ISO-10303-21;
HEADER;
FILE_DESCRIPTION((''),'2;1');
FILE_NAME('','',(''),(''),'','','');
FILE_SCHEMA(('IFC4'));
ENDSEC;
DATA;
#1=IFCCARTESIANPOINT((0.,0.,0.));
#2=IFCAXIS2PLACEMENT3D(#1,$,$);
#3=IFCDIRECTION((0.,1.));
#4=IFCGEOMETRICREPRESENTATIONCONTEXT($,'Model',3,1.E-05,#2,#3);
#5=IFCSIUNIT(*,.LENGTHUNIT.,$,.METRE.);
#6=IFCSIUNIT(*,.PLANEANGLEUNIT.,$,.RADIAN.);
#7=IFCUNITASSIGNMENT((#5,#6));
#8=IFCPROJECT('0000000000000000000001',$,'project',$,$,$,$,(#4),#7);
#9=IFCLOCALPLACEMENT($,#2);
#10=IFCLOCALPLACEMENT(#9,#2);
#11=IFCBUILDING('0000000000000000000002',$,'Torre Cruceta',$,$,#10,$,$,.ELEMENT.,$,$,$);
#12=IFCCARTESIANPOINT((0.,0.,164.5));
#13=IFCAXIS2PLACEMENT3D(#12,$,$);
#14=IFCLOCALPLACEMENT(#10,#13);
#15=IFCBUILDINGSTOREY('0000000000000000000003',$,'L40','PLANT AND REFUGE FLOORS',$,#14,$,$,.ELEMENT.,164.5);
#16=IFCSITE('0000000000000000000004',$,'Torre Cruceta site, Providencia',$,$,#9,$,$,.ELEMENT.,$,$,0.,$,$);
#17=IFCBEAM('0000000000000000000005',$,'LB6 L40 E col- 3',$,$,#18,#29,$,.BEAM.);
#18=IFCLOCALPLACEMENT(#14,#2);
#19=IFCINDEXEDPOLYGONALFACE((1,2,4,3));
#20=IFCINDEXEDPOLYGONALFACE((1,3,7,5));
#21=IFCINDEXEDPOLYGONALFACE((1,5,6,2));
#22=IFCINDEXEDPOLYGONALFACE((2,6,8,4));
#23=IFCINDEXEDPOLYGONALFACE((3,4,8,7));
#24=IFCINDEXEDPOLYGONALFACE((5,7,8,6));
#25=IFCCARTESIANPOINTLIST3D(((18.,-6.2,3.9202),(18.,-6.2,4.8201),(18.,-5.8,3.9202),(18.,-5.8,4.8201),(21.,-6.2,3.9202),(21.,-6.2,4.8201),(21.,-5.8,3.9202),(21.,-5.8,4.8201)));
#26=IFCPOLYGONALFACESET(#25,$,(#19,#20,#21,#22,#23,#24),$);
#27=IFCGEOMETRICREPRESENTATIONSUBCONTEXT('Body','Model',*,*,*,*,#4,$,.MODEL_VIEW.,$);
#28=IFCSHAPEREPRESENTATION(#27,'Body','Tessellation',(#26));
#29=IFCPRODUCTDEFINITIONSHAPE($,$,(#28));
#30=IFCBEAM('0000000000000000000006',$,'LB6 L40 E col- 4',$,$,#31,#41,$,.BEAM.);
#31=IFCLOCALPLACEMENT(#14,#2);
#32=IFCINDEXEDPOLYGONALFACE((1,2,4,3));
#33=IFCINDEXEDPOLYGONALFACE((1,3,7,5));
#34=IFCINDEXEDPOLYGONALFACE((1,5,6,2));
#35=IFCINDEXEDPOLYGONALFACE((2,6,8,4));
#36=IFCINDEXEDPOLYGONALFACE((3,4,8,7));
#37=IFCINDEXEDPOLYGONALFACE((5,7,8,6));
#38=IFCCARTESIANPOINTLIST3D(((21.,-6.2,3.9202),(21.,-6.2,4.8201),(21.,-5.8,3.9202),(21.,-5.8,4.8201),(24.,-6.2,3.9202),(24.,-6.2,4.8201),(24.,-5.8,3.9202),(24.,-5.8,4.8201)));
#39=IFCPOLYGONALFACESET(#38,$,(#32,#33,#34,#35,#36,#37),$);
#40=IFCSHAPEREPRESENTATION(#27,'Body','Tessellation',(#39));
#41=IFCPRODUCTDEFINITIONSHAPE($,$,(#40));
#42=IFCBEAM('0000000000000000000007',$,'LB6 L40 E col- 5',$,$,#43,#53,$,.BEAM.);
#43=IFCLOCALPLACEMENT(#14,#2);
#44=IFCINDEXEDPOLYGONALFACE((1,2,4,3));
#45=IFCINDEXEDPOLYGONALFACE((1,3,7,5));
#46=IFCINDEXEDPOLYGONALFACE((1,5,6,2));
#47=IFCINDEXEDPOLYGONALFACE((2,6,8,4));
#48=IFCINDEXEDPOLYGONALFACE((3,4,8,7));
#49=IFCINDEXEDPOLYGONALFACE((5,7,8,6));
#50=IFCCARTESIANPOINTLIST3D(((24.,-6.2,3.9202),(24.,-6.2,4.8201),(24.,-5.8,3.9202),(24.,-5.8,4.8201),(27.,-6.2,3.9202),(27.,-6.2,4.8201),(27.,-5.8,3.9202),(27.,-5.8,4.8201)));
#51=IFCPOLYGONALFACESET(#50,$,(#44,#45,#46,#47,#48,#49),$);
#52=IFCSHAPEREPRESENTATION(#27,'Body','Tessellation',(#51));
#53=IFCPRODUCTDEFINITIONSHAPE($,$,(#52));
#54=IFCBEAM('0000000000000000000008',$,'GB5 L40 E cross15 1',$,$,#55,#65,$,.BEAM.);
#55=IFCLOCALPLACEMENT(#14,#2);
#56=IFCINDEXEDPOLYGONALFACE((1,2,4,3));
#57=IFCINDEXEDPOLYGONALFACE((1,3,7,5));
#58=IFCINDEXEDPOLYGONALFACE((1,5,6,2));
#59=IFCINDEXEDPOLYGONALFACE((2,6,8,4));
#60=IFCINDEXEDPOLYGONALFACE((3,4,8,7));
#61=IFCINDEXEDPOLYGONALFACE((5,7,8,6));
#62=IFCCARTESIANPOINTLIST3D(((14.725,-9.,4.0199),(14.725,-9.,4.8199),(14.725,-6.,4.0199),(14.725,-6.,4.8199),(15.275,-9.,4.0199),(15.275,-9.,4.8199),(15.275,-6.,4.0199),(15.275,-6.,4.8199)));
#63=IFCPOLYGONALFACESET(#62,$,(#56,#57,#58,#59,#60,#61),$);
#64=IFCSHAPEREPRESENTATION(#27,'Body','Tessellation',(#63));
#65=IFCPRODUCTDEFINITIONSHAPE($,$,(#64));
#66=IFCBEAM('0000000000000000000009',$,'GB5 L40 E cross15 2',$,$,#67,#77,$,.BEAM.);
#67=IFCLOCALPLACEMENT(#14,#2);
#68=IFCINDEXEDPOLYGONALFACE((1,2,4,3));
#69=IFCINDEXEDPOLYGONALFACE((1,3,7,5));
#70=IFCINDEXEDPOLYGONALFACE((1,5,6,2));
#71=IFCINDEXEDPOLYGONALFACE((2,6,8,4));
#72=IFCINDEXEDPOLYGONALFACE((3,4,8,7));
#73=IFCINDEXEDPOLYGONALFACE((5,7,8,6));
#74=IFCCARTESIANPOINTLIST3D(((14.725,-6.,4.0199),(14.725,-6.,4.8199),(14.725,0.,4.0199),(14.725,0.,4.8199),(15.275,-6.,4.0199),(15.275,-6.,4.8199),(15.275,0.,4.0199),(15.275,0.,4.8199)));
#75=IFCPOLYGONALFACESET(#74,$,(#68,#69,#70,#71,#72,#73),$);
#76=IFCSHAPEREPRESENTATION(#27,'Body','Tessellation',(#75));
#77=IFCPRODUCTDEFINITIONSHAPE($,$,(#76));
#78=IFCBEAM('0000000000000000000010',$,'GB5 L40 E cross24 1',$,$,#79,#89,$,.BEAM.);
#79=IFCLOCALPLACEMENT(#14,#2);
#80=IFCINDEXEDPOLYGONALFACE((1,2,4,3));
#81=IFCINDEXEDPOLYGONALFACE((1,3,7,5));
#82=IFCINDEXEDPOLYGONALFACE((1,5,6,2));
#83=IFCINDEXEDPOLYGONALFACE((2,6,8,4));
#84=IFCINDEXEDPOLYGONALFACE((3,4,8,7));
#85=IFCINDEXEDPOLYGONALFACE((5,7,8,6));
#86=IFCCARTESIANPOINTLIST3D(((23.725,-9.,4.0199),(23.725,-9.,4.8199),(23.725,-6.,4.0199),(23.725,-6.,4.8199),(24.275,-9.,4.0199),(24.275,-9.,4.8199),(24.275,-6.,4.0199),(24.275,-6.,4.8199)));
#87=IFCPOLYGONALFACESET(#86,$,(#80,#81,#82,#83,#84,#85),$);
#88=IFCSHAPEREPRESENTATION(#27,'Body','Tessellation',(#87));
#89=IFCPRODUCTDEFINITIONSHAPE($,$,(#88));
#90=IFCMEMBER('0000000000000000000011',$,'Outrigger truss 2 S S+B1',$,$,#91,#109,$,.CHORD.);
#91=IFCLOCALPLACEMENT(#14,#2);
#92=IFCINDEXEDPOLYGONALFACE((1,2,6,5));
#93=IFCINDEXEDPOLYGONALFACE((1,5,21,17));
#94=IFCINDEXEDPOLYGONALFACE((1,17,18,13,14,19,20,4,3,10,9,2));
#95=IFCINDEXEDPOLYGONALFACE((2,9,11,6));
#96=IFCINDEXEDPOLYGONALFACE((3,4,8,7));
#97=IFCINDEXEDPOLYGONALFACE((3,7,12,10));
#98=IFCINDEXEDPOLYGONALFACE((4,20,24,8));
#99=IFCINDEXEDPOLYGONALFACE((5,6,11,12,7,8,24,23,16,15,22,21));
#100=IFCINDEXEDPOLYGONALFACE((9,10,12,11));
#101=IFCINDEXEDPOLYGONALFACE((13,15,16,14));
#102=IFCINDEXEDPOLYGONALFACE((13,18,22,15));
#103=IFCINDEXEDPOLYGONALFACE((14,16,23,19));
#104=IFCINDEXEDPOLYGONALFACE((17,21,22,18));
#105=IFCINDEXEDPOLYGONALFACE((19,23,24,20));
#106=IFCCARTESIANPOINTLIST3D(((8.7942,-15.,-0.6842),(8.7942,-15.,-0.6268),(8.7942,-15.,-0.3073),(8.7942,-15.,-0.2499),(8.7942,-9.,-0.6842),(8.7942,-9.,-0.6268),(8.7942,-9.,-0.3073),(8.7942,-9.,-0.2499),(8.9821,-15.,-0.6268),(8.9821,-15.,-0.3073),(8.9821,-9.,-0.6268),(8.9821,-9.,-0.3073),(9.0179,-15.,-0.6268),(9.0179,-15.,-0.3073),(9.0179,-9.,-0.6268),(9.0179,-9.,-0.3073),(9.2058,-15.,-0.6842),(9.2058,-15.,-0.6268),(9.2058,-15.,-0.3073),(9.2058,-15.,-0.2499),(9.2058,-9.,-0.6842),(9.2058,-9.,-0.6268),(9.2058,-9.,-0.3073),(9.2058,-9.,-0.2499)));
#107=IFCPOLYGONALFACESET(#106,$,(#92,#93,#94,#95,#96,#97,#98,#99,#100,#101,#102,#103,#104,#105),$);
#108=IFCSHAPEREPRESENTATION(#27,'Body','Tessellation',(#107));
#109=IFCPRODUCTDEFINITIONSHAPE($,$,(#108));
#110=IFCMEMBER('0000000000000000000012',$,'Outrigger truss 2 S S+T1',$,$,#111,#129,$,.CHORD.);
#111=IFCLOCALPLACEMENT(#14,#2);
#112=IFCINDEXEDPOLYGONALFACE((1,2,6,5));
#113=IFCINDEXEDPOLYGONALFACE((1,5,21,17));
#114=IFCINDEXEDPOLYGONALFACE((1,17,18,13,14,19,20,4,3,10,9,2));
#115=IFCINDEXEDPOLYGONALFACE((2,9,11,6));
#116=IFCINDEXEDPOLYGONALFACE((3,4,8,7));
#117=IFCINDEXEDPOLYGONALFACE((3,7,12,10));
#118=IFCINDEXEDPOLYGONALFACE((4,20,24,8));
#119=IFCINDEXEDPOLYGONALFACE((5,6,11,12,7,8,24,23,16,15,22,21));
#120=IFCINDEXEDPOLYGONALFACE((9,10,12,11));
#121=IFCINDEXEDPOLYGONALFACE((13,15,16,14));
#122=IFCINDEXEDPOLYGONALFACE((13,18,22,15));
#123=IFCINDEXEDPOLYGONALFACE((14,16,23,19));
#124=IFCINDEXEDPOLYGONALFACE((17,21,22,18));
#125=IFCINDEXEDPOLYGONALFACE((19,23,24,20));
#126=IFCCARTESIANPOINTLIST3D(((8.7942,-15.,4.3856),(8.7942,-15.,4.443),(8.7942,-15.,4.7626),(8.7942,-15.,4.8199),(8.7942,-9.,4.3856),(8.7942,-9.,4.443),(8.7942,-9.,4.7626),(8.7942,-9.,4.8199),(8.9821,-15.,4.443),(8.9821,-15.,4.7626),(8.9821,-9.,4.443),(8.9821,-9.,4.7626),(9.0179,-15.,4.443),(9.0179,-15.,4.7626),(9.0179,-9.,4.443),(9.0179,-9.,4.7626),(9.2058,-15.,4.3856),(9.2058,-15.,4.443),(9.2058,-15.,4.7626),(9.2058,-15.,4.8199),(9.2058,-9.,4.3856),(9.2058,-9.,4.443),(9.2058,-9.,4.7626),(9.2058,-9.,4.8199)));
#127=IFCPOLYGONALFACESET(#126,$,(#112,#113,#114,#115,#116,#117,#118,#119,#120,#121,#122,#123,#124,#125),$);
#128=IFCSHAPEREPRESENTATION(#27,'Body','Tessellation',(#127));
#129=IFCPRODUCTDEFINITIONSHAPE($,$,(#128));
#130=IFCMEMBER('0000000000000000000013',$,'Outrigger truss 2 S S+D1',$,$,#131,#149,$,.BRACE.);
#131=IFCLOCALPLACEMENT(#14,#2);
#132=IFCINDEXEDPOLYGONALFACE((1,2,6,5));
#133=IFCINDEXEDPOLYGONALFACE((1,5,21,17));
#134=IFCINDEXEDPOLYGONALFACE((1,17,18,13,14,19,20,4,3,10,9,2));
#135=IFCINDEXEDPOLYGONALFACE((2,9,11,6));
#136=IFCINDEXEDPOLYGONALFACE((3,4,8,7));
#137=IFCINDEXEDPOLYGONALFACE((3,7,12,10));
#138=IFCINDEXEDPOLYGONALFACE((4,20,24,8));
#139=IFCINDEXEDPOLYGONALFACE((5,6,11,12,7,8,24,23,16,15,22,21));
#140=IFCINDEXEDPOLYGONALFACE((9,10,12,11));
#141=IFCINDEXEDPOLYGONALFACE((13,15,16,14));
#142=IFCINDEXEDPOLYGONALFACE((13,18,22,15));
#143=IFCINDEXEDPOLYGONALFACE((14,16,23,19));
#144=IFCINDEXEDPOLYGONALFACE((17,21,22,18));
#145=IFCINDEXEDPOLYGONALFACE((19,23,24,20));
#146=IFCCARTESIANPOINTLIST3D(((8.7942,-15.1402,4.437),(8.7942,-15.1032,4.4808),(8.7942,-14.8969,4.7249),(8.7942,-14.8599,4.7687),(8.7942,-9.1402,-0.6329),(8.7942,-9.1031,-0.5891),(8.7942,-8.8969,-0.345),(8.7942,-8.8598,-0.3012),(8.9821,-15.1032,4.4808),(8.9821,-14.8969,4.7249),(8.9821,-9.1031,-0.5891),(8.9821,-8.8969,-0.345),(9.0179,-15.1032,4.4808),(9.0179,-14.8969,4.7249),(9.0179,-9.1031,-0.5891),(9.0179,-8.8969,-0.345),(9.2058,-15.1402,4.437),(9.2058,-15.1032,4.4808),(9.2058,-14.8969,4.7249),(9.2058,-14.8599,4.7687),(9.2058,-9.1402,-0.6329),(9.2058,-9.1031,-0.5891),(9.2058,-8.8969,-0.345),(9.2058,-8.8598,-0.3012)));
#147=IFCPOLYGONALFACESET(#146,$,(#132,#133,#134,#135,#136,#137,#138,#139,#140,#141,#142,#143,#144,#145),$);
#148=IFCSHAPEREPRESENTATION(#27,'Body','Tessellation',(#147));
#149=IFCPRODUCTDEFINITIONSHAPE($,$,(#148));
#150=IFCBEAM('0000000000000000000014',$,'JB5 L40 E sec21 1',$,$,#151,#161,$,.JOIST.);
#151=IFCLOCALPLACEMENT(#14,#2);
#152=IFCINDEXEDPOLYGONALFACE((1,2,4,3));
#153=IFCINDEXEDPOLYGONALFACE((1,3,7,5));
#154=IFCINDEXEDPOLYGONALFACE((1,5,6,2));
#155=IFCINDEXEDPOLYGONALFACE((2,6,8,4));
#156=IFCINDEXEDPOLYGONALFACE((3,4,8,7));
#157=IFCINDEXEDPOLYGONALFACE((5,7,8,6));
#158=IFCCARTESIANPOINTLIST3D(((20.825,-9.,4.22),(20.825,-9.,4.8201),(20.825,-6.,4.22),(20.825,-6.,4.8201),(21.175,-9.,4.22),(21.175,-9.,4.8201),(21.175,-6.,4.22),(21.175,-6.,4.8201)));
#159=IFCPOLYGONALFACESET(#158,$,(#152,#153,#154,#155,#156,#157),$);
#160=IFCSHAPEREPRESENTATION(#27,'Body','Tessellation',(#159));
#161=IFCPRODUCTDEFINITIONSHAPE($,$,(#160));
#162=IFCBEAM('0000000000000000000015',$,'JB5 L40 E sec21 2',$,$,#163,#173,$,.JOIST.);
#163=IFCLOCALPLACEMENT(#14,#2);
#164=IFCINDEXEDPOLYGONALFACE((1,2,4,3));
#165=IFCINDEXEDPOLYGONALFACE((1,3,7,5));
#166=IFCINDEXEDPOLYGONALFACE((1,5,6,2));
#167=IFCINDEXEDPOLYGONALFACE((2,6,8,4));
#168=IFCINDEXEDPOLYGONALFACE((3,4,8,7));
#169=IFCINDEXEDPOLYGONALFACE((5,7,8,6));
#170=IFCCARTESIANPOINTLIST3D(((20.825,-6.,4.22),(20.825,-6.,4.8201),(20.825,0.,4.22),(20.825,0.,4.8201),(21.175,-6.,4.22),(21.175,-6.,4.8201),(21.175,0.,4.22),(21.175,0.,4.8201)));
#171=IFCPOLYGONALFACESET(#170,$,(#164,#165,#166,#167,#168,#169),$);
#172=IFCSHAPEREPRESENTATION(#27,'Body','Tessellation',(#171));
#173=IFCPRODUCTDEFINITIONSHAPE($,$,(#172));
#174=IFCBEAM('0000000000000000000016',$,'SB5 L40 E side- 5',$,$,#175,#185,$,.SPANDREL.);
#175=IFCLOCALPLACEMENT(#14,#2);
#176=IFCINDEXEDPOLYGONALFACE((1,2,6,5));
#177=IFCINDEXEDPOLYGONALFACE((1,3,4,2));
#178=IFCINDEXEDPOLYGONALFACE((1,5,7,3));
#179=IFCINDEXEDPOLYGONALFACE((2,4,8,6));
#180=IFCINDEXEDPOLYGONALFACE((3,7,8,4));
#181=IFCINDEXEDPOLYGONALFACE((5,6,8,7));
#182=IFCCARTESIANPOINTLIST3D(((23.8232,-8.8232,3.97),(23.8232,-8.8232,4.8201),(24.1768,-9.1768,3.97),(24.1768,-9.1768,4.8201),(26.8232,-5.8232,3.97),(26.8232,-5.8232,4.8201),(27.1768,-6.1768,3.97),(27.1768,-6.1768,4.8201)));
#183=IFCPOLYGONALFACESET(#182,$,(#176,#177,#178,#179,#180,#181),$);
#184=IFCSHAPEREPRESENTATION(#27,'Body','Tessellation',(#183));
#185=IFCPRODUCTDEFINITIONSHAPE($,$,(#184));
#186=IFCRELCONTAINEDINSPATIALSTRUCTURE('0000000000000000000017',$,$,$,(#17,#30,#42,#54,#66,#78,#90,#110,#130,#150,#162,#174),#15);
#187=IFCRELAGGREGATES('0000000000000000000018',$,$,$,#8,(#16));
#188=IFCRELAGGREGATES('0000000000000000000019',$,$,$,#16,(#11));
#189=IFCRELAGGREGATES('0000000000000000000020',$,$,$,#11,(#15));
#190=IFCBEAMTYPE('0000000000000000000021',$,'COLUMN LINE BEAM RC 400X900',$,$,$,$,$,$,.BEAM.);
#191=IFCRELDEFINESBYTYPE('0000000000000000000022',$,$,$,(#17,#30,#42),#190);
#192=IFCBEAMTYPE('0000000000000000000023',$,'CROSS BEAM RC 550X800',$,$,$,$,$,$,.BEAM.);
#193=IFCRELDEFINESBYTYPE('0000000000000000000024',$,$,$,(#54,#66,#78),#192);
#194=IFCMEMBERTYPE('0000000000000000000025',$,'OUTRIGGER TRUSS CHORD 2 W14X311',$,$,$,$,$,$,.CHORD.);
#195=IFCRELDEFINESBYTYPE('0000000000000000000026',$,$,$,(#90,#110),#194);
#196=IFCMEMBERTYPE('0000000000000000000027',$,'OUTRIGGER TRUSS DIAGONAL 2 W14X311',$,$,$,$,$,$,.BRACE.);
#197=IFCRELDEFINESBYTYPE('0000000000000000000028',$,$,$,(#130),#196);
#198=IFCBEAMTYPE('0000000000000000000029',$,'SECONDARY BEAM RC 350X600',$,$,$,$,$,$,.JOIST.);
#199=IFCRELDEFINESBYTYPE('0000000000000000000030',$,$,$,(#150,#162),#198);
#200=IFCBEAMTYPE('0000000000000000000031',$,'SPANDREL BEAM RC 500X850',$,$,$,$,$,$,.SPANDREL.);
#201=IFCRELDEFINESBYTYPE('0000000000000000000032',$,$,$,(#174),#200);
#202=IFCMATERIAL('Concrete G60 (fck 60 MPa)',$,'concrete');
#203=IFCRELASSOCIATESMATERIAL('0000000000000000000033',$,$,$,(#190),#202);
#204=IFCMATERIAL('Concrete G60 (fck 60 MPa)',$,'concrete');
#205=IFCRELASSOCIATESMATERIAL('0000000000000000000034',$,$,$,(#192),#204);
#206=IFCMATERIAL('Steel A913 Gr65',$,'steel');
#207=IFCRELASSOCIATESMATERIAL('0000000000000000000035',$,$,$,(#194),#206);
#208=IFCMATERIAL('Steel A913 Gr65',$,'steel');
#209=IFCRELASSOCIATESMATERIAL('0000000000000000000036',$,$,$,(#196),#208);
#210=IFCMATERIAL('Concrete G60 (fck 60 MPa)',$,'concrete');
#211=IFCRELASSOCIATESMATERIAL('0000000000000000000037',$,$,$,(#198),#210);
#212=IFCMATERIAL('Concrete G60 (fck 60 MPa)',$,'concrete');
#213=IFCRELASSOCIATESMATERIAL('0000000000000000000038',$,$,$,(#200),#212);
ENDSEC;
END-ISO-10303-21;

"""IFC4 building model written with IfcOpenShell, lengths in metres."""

from ifc_helpers import new_model, si_unit, direction, frame, origin, origin_2d, place, context, subcontext, project, spatial, rectangle, i_section, extrude, material, material_profile, profile_set, type_object, element, save


model = new_model("IFC4")

# Units and contexts
model_context = context("Model", 3, precision=1e-05, world=origin(), true_north=direction((0.0, 1.0)))
body_context = subcontext(model_context, "Body", "Model", "MODEL_VIEW")
ifc_project = project(units=[si_unit("LENGTHUNIT", "METRE"), si_unit("PLANEANGLEUNIT", "RADIAN")], contexts=[model_context])

# Site, building, storey
site_placement = place(None, origin())
site = spatial("IfcSite", under=ifc_project, at=site_placement, Name="Torre Cruceta site, Providencia", CompositionType="ELEMENT", RefElevation=0.0)
building_placement = place(site_placement, origin())
building = spatial("IfcBuilding", under=site, at=building_placement, Name="Torre Cruceta", CompositionType="ELEMENT")
storey_placement = place(building_placement, frame((0.0, 0.0, 164.5)))
storey = spatial("IfcBuildingStorey", under=building, at=storey_placement, Name="L40", Description="PLANT AND REFUGE FLOORS", CompositionType="ELEMENT", Elevation=164.5)

# Beams
ifc_material_1 = material(Name="Concrete G60 (fck 60 MPa)", Category="concrete")
ifc_material_profile_1 = material_profile(ifc_material_1, rectangle(XDim=0.3999, YDim=0.8999, at=origin_2d()), Name="RC 400X900")
ifc_profile_set_1 = profile_set([ifc_material_profile_1], Name="Concrete G60 (fck 60 MPa)")
beam_type_1 = type_object("IfcBeamType", Name="COLUMN LINE BEAM RC 400X900", PredefinedType="BEAM", material=ifc_profile_set_1)
for number, where, z_axis, x_axis, name in (
    (1, (18.0, -6.0, 4.3701), (1.0, 0.0, 0.0), (0.0, 1.0, 0.0), "LB6 L40 E col- 3"),
    (2, (21.0, -6.0, 4.3701), (1.0, 0.0, 0.0), (0.0, 1.0, 0.0), "LB6 L40 E col- 4"),
    (3, (24.0, -6.0, 4.3701), (1.0, 0.0, 0.0), (0.0, 1.0, 0.0), "LB6 L40 E col- 5"),
):
    element("IfcBeam", number, at=place(storey_placement, frame(where, z_axis=z_axis, x_axis=x_axis)), inside=storey, type_object=beam_type_1, Name=name, PredefinedType="BEAM", context=body_context, shape_type="SweptSolid", body=[
        extrude(rectangle(XDim=0.3999, YDim=0.8999, at=origin_2d()), origin(), (0.0, 0.0, 1.0), 3.0),
    ])
ifc_material_2 = material(Name="Concrete G60 (fck 60 MPa)", Category="concrete")
ifc_material_profile_2 = material_profile(ifc_material_2, rectangle(XDim=0.55, YDim=0.8, at=origin_2d()), Name="RC 550X800")
ifc_profile_set_2 = profile_set([ifc_material_profile_2], Name="Concrete G60 (fck 60 MPa)")
beam_type_2 = type_object("IfcBeamType", Name="CROSS BEAM RC 550X800", PredefinedType="BEAM", material=ifc_profile_set_2)
beam_1_placement = place(storey_placement, frame((15.0, -9.0, 4.4199), z_axis=(0.0, 1.0, 0.0), x_axis=(-1.0, 0.0, 0.0)))
element("IfcBeam", 4, at=beam_1_placement, inside=storey, type_object=beam_type_2, Name="GB5 L40 E cross15 1", PredefinedType="BEAM", context=body_context, shape_type="SweptSolid", body=[
    extrude(rectangle(XDim=0.55, YDim=0.8, at=origin_2d()), origin(), (0.0, 0.0, 1.0), 3.0),
])
beam_2_placement = place(storey_placement, frame((15.0, -6.0, 4.4199), z_axis=(0.0, 1.0, 0.0), x_axis=(-1.0, 0.0, 0.0)))
element("IfcBeam", 5, at=beam_2_placement, inside=storey, type_object=beam_type_2, Name="GB5 L40 E cross15 2", PredefinedType="BEAM", context=body_context, shape_type="SweptSolid", body=[
    extrude(rectangle(XDim=0.55, YDim=0.8, at=origin_2d()), origin(), (0.0, 0.0, 1.0), 6.0),
])
beam_3_placement = place(storey_placement, frame((24.0, -9.0, 4.4199), z_axis=(0.0, 1.0, 0.0), x_axis=(-1.0, 0.0, 0.0)))
element("IfcBeam", 6, at=beam_3_placement, inside=storey, type_object=beam_type_2, Name="GB5 L40 E cross24 1", PredefinedType="BEAM", context=body_context, shape_type="SweptSolid", body=[
    extrude(rectangle(XDim=0.55, YDim=0.8, at=origin_2d()), origin(), (0.0, 0.0, 1.0), 3.0),
])

# Members
ifc_material_3 = material(Name="Steel A913 Gr65", Category="steel")
ifc_material_profile_3 = material_profile(ifc_material_3, i_section(OverallWidth=0.4116, OverallDepth=0.4343, WebThickness=0.0359, FlangeThickness=0.0574, at=origin_2d()), Name="W14X311")
ifc_profile_set_3 = profile_set([ifc_material_profile_3], Name="Steel A913 Gr65")
member_type_1 = type_object("IfcMemberType", Name="OUTRIGGER TRUSS CHORD 2 W14X311", PredefinedType="CHORD", material=ifc_profile_set_3)
for number, where, z_axis, x_axis, name in (
    (7, (9.0, -9.0, -0.467), (0.0, -1.0, 0.0), (1.0, 0.0, 0.0), "Outrigger truss 2 S S+B1"),
    (8, (9.0, -9.0, 4.6028), (0.0, -1.0, 0.0), (1.0, 0.0, 0.0), "Outrigger truss 2 S S+T1"),
):
    element("IfcMember", number, at=place(storey_placement, frame(where, z_axis=z_axis, x_axis=x_axis)), inside=storey, type_object=member_type_1, Name=name, PredefinedType="CHORD", context=body_context, shape_type="SweptSolid", body=[
        extrude(i_section(OverallWidth=0.4116, OverallDepth=0.4343, WebThickness=0.0359, FlangeThickness=0.0574, at=origin_2d()), origin(), (0.0, 0.0, 1.0), 6.0),
    ])
ifc_material_4 = material(Name="Steel A913 Gr65", Category="steel")
ifc_material_profile_4 = material_profile(ifc_material_4, i_section(OverallWidth=0.4116, OverallDepth=0.4343, WebThickness=0.0359, FlangeThickness=0.0574, at=origin_2d()), Name="W14X311")
ifc_profile_set_4 = profile_set([ifc_material_profile_4], Name="Steel A913 Gr65")
member_type_2 = type_object("IfcMemberType", Name="OUTRIGGER TRUSS DIAGONAL 2 W14X311", PredefinedType="BRACE", material=ifc_profile_set_4)
member_placement = place(storey_placement, frame((9.0, -9.0, -0.467), z_axis=(0.0, -0.763832, 0.645415), x_axis=(1.0, 0.0, 0.0)))
element("IfcMember", 9, at=member_placement, inside=storey, type_object=member_type_2, Name="Outrigger truss 2 S S+D1", PredefinedType="BRACE", context=body_context, shape_type="SweptSolid", body=[
    extrude(i_section(OverallWidth=0.4116, OverallDepth=0.4343, WebThickness=0.0359, FlangeThickness=0.0574, at=origin_2d()), origin(), (0.0, 0.0, 1.0), 7.8552),
])

# Beams
ifc_material_5 = material(Name="Concrete G60 (fck 60 MPa)", Category="concrete")
ifc_material_profile_5 = material_profile(ifc_material_5, rectangle(XDim=0.3501, YDim=0.6001, at=origin_2d()), Name="RC 350X600")
ifc_profile_set_5 = profile_set([ifc_material_profile_5], Name="Concrete G60 (fck 60 MPa)")
beam_type_3 = type_object("IfcBeamType", Name="SECONDARY BEAM RC 350X600", PredefinedType="JOIST", material=ifc_profile_set_5)
beam_4_placement = place(storey_placement, frame((21.0, -9.0, 4.52), z_axis=(0.0, 1.0, 0.0), x_axis=(-1.0, 0.0, 0.0)))
element("IfcBeam", 10, at=beam_4_placement, inside=storey, type_object=beam_type_3, Name="JB5 L40 E sec21 1", PredefinedType="JOIST", context=body_context, shape_type="SweptSolid", body=[
    extrude(rectangle(XDim=0.3501, YDim=0.6001, at=origin_2d()), origin(), (0.0, 0.0, 1.0), 3.0),
])
beam_5_placement = place(storey_placement, frame((21.0, -6.0, 4.52), z_axis=(0.0, 1.0, 0.0), x_axis=(-1.0, 0.0, 0.0)))
element("IfcBeam", 11, at=beam_5_placement, inside=storey, type_object=beam_type_3, Name="JB5 L40 E sec21 2", PredefinedType="JOIST", context=body_context, shape_type="SweptSolid", body=[
    extrude(rectangle(XDim=0.3501, YDim=0.6001, at=origin_2d()), origin(), (0.0, 0.0, 1.0), 6.0),
])
ifc_material_6 = material(Name="Concrete G60 (fck 60 MPa)", Category="concrete")
ifc_material_profile_6 = material_profile(ifc_material_6, rectangle(XDim=0.5, YDim=0.8501, at=origin_2d()), Name="RC 500X850")
ifc_profile_set_6 = profile_set([ifc_material_profile_6], Name="Concrete G60 (fck 60 MPa)")
beam_type_4 = type_object("IfcBeamType", Name="SPANDREL BEAM RC 500X850", PredefinedType="SPANDREL", material=ifc_profile_set_6)
beam_6_placement = place(storey_placement, frame((24.0, -9.0, 4.395), z_axis=(0.707107, 0.707107, 0.0), x_axis=(-0.707107, 0.707107, 0.0)))
element("IfcBeam", 12, at=beam_6_placement, inside=storey, type_object=beam_type_4, Name="SB5 L40 E side- 5", PredefinedType="SPANDREL", context=body_context, shape_type="SweptSolid", body=[
    extrude(rectangle(XDim=0.5, YDim=0.8501, at=origin_2d()), origin(), (0.0, 0.0, 1.0), 4.2427),
])

save(model, "model.ifc")
